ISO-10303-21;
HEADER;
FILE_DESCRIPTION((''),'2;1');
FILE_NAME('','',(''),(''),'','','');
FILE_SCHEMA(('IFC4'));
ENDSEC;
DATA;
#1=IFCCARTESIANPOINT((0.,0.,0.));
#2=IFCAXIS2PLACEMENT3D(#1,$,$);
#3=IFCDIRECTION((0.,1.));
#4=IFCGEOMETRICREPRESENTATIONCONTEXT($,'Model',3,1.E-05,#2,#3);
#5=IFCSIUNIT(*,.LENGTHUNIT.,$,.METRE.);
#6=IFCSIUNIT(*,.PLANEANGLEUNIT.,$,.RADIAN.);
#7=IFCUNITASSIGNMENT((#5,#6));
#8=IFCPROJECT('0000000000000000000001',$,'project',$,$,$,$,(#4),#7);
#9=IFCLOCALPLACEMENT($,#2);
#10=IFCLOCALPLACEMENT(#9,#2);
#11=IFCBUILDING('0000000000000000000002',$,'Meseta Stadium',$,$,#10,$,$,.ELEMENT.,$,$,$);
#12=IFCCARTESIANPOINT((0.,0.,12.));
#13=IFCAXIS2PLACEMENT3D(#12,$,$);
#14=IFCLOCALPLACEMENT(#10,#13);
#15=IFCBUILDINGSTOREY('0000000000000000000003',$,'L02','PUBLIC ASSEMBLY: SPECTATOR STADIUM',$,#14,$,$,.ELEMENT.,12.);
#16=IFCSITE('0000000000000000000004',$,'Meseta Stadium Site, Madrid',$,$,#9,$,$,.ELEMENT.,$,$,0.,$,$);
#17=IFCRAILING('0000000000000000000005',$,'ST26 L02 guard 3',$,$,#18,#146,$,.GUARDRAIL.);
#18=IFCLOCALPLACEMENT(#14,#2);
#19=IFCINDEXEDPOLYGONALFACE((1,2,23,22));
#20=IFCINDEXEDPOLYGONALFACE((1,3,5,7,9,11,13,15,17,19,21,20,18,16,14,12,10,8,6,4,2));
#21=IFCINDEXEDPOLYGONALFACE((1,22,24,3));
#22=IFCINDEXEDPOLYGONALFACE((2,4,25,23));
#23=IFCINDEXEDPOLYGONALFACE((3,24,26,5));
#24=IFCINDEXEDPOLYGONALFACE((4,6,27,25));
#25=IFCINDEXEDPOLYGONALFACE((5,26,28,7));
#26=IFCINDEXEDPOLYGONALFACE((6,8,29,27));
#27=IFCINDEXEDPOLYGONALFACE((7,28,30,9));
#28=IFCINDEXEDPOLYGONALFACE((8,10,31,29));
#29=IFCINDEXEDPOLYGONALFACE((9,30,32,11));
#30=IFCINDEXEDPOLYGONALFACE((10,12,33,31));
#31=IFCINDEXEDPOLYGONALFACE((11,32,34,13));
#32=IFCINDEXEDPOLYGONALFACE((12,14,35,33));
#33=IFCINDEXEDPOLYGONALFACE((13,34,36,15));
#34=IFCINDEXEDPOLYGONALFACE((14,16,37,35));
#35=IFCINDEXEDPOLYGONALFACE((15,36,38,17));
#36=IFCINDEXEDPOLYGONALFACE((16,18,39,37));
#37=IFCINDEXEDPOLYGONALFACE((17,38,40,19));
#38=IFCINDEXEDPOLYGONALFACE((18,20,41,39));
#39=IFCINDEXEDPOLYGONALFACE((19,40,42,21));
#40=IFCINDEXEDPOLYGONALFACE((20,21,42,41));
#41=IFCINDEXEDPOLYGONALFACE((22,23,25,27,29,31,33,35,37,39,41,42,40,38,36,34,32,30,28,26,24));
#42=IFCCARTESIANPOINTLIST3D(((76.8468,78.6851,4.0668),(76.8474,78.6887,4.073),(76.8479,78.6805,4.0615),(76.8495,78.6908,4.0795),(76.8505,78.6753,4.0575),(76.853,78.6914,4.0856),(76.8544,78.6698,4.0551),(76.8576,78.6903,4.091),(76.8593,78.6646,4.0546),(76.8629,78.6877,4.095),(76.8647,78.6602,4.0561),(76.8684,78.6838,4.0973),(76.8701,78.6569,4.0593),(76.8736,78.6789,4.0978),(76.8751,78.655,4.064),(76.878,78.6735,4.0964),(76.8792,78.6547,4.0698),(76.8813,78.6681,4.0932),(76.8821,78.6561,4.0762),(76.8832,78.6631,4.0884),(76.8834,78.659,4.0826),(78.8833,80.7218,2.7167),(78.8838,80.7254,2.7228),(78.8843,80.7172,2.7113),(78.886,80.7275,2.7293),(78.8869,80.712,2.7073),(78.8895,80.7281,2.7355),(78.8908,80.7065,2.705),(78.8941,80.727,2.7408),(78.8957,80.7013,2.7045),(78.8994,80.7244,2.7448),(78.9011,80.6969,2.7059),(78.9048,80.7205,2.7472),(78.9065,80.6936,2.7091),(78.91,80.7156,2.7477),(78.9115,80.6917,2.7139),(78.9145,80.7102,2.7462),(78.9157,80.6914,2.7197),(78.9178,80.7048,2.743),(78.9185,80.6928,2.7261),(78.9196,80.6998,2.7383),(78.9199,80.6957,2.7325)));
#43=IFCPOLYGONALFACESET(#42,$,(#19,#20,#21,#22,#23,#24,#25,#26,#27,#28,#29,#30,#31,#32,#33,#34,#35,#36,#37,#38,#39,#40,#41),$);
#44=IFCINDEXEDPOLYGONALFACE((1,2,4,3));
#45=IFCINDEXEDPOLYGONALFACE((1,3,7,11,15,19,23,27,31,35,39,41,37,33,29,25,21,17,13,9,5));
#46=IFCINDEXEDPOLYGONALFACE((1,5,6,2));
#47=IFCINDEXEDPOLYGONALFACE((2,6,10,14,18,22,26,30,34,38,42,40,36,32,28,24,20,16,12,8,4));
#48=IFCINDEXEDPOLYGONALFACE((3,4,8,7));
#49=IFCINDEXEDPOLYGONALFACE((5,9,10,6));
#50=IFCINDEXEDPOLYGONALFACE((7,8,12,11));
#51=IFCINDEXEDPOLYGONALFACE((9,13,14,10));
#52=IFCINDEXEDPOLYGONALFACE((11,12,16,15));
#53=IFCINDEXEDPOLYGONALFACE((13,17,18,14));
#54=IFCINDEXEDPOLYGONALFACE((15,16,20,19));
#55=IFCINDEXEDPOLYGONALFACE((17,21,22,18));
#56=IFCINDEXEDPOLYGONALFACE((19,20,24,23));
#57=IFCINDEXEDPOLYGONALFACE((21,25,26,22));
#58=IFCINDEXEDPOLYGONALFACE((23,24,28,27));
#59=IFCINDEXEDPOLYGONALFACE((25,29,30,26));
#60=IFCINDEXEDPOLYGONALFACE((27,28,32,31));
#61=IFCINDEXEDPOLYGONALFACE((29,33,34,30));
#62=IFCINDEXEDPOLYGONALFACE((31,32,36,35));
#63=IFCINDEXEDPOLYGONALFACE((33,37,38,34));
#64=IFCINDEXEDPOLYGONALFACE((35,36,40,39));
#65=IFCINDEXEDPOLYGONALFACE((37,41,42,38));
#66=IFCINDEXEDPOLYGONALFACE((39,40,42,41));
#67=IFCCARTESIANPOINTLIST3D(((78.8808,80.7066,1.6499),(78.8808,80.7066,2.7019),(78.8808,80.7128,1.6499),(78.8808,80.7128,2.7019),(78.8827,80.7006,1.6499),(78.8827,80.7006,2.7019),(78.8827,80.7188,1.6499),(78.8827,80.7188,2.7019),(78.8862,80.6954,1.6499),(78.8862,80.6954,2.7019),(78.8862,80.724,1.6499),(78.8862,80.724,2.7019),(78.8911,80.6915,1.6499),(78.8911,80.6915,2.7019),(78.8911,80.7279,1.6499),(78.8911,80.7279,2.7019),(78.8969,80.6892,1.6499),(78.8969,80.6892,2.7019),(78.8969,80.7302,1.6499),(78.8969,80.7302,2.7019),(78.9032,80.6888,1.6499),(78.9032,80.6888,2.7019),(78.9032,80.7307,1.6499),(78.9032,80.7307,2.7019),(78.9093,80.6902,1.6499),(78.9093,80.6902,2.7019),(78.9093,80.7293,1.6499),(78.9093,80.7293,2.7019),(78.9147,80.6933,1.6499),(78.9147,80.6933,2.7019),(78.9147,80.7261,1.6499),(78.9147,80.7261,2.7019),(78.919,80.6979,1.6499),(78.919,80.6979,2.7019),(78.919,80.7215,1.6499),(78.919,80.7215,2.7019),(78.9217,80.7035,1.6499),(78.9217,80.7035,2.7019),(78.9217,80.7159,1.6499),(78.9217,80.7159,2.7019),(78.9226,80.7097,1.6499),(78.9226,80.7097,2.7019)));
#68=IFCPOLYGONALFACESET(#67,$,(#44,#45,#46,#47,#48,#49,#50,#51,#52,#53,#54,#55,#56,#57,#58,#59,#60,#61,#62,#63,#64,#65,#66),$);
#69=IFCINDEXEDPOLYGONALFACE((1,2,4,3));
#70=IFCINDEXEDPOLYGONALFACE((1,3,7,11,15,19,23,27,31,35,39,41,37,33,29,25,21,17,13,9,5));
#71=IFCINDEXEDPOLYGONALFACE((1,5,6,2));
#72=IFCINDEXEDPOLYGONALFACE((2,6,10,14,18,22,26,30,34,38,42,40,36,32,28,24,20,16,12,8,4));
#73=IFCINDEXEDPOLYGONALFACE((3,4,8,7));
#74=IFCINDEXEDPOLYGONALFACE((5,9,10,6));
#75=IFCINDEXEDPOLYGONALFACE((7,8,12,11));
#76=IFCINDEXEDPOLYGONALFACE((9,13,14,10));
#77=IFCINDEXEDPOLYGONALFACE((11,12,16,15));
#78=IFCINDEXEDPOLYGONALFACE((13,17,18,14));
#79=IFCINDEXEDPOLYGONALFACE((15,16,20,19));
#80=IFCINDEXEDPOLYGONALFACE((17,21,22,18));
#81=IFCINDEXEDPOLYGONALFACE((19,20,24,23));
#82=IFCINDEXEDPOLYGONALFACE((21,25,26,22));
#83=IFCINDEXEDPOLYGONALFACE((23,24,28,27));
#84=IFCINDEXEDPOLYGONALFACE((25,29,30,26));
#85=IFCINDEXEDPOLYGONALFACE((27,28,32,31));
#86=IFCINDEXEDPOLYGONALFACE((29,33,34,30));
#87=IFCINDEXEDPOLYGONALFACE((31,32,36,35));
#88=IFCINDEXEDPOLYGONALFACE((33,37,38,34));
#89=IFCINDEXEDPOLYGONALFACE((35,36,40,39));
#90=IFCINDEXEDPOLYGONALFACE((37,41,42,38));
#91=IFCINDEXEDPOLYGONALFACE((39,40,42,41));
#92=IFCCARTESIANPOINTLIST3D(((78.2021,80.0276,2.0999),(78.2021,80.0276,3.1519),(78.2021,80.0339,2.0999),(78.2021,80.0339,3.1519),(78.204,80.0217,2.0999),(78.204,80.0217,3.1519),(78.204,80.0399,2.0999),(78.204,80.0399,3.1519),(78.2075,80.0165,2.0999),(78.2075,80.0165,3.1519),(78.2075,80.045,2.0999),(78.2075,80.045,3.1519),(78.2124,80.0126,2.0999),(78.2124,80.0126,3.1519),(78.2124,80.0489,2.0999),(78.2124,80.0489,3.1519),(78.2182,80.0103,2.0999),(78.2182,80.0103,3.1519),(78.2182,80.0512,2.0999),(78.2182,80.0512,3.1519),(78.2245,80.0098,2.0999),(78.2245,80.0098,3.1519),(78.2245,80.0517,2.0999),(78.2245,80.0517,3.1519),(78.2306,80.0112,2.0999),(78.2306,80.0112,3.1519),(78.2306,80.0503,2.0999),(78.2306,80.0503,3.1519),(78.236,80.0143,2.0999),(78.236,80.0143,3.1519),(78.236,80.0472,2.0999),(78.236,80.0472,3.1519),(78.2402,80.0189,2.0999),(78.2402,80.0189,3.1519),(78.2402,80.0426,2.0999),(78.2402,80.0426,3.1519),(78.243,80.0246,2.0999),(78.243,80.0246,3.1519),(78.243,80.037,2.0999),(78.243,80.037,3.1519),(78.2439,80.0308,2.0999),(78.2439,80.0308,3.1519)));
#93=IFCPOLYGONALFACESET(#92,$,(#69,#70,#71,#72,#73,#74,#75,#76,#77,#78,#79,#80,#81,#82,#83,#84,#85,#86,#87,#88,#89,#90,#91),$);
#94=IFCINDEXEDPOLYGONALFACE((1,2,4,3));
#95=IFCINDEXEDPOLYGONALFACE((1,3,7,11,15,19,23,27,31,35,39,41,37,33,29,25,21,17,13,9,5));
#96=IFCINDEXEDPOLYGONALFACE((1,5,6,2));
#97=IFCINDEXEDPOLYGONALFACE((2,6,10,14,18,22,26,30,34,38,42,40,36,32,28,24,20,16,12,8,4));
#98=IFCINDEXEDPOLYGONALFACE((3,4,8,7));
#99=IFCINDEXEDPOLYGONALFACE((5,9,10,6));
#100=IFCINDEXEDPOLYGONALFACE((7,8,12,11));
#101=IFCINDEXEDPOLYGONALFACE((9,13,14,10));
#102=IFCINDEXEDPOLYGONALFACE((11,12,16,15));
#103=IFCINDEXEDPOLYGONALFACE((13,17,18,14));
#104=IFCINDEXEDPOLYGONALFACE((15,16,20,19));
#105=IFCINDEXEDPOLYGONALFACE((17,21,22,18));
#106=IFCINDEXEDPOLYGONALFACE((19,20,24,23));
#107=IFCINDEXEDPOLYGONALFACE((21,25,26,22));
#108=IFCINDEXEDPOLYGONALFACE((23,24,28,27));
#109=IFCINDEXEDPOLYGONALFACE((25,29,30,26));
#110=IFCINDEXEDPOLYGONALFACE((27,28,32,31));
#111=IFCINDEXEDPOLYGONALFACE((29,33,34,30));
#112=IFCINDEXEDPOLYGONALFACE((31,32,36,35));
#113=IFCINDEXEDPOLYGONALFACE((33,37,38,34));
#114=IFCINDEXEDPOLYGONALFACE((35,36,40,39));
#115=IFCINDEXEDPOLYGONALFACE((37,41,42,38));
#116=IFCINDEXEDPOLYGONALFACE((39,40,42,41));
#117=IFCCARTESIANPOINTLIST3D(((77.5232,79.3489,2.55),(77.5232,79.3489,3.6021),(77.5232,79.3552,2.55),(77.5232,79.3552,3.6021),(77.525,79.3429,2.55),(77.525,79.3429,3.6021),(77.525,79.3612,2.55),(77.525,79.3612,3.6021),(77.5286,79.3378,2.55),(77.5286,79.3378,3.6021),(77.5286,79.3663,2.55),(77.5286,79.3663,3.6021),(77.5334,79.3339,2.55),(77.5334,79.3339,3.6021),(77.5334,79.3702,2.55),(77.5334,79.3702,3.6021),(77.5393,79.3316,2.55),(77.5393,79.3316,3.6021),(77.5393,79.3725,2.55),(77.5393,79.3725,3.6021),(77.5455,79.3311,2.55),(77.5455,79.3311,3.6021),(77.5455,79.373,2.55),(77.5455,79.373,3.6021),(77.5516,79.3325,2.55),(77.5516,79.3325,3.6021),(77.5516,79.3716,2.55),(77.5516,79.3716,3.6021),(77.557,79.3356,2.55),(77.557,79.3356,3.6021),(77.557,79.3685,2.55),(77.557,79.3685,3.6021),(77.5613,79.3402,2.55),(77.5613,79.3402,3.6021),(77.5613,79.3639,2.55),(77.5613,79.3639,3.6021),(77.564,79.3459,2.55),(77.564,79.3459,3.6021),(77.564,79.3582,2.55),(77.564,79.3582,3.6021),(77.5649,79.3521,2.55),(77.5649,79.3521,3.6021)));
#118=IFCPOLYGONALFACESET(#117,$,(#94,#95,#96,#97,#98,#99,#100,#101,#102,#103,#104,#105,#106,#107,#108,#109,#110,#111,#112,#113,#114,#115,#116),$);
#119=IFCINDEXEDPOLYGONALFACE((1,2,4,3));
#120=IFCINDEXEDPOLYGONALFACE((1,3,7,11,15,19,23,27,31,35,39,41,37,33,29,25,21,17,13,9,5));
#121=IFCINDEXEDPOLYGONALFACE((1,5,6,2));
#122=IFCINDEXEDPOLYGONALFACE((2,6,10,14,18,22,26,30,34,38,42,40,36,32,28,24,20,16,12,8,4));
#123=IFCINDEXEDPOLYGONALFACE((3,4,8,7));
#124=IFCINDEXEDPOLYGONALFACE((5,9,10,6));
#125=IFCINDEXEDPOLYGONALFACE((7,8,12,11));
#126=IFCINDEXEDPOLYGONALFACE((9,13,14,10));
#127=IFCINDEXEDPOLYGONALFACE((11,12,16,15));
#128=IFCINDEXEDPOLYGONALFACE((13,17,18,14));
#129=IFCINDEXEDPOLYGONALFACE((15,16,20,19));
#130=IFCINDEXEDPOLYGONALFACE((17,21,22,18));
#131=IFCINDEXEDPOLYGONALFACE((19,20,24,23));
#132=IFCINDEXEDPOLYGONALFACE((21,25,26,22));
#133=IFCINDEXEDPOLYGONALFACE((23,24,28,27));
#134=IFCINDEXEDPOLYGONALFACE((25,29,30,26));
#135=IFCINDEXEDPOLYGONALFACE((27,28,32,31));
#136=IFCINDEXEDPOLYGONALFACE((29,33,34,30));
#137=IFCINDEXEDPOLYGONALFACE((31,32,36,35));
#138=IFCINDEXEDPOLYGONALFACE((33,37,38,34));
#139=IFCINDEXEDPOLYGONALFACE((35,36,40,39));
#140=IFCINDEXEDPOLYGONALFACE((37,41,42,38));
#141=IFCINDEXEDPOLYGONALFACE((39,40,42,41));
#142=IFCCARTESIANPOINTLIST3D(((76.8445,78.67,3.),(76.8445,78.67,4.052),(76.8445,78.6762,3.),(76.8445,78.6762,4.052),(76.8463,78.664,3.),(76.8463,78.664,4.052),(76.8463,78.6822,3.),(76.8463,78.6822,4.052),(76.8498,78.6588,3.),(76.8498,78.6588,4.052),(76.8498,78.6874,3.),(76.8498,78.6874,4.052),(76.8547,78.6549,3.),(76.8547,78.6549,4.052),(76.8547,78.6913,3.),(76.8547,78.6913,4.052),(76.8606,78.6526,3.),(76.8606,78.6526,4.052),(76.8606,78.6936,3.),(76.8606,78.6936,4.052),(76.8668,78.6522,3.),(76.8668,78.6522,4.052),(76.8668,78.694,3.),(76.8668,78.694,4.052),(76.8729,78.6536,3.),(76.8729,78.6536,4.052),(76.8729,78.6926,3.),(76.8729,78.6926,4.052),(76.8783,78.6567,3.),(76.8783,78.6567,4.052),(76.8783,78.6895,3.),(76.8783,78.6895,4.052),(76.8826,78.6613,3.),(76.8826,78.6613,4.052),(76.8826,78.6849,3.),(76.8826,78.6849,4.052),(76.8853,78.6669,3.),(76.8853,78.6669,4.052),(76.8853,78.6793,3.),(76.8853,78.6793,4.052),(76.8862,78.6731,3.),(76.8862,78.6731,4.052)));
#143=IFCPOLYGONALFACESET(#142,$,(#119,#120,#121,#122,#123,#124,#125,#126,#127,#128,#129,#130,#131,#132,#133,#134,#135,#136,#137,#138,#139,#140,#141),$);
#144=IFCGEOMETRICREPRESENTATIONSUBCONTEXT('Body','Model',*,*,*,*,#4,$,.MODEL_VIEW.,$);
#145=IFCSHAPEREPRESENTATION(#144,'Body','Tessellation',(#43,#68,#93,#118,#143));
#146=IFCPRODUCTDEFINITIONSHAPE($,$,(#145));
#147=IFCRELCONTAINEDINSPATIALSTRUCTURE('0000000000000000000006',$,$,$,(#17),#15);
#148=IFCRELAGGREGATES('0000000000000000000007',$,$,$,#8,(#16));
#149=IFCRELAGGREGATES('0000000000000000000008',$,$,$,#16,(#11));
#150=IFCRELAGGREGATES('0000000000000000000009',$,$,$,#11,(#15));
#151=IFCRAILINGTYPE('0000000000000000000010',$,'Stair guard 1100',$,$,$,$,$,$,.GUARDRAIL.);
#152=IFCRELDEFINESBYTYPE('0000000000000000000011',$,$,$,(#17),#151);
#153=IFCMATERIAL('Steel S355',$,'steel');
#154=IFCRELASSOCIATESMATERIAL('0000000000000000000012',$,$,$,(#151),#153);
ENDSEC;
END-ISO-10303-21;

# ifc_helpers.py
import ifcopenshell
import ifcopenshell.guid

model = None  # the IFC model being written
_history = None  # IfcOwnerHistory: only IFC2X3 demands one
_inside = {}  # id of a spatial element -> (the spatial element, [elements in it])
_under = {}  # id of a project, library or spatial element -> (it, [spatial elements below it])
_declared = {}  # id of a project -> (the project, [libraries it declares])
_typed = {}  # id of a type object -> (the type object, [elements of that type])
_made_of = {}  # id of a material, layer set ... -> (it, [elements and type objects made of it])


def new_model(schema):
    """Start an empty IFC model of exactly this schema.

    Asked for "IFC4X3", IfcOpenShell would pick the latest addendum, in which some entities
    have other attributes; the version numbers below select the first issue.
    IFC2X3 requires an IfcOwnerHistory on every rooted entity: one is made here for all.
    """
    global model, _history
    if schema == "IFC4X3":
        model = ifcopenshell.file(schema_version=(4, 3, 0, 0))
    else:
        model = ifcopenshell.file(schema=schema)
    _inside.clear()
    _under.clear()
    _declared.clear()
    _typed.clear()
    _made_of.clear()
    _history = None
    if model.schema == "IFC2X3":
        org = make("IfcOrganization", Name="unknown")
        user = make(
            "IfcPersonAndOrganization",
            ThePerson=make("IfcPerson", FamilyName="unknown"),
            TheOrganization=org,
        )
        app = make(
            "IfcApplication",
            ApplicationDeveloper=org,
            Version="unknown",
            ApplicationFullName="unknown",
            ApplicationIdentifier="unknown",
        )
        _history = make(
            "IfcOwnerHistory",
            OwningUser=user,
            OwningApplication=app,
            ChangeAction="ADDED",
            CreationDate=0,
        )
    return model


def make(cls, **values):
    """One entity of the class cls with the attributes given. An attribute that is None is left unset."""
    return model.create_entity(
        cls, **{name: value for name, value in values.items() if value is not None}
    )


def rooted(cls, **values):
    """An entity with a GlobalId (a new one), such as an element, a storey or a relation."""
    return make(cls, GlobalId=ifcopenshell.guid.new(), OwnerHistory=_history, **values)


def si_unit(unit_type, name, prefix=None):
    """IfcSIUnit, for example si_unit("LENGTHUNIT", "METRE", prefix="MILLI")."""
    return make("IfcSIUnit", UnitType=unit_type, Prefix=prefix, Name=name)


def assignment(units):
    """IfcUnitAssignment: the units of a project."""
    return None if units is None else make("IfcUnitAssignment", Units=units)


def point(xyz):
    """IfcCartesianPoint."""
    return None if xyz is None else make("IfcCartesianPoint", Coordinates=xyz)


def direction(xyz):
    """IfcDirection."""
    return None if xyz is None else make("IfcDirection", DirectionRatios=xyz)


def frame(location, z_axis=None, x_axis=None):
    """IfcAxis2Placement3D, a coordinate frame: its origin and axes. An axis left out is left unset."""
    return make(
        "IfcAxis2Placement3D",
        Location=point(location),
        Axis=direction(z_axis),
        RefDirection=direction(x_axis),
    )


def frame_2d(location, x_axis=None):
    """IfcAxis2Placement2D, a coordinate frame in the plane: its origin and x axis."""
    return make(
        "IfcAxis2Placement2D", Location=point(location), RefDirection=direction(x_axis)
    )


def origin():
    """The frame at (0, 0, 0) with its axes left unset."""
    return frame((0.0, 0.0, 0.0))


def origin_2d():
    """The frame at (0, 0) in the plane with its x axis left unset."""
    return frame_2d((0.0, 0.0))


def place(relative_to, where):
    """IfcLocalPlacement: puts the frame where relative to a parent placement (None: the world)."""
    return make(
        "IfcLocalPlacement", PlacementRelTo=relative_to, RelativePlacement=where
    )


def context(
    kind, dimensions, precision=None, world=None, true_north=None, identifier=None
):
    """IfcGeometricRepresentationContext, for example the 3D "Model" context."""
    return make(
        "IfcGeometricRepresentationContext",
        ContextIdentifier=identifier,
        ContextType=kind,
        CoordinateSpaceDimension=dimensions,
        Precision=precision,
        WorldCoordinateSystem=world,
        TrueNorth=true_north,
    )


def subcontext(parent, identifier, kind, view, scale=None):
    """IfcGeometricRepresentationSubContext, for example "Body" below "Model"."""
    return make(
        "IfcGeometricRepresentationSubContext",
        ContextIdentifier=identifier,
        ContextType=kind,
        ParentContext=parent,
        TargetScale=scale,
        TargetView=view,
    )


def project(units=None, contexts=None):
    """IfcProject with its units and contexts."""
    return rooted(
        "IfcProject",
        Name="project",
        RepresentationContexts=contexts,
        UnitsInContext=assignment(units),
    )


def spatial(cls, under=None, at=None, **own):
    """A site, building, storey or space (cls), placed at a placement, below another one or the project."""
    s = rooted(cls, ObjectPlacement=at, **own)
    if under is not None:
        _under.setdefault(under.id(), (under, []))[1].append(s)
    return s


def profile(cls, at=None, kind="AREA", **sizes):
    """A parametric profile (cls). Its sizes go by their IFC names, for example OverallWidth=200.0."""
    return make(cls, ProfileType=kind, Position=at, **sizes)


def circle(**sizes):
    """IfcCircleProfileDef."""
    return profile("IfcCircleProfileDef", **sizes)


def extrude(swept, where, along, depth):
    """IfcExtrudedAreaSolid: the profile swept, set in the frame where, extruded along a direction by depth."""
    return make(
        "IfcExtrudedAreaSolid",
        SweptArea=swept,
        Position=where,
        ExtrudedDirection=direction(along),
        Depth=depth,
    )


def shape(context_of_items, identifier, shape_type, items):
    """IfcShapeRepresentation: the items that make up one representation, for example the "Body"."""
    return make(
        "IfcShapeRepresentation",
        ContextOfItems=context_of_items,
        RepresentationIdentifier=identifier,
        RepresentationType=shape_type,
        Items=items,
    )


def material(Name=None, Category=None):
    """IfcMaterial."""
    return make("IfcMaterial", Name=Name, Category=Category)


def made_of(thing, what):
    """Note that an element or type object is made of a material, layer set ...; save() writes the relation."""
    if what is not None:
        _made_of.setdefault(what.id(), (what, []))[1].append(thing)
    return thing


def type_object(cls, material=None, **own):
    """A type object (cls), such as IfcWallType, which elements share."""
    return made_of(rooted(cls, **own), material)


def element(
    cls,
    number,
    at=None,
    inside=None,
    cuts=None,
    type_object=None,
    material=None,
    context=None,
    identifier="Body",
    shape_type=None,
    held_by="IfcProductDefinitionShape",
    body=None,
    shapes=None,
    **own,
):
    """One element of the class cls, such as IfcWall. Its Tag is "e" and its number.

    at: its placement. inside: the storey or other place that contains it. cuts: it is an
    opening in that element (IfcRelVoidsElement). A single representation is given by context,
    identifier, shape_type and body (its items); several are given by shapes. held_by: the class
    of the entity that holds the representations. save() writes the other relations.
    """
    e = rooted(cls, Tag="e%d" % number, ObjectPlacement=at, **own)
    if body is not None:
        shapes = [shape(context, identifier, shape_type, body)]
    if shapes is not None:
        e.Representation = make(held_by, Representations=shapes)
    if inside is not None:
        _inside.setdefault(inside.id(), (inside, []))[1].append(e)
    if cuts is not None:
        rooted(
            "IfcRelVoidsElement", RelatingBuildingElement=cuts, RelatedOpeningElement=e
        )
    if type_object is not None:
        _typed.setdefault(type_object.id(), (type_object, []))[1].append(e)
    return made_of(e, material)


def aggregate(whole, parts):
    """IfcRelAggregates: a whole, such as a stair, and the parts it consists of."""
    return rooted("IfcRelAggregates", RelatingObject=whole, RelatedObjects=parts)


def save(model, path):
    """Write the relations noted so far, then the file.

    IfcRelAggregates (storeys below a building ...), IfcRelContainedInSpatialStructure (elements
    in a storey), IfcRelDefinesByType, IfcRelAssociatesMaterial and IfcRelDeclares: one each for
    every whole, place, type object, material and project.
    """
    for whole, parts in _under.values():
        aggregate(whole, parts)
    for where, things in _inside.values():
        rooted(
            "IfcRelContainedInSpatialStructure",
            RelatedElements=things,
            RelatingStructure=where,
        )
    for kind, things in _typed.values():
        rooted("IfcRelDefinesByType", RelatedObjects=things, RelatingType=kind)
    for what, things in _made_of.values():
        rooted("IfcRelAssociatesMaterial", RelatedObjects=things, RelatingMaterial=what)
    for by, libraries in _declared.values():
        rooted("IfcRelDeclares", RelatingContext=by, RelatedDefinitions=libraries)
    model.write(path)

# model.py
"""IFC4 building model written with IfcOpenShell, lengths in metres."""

from ifc_helpers import new_model, si_unit, direction, frame, origin, origin_2d, place, context, subcontext, project, spatial, circle, extrude, material, type_object, element, save


model = new_model("IFC4")

# Units and contexts
model_context = context("Model", 3, precision=1e-05, world=origin(), true_north=direction((0.0, 1.0)))
body_context = subcontext(model_context, "Body", "Model", "MODEL_VIEW")
ifc_project = project(units=[si_unit("LENGTHUNIT", "METRE"), si_unit("PLANEANGLEUNIT", "RADIAN")], contexts=[model_context])

# Site, building, storey
site_placement = place(None, origin())
site = spatial("IfcSite", under=ifc_project, at=site_placement, Name="Meseta Stadium Site, Madrid", CompositionType="ELEMENT", RefElevation=0.0)
building_placement = place(site_placement, origin())
building = spatial("IfcBuilding", under=site, at=building_placement, Name="Meseta Stadium", CompositionType="ELEMENT")
storey_placement = place(building_placement, frame((0.0, 0.0, 12.0)))
storey = spatial("IfcBuildingStorey", under=building, at=storey_placement, Name="L02", Description="PUBLIC ASSEMBLY: SPECTATOR STADIUM", CompositionType="ELEMENT", Elevation=12.0)

# Railing
ifc_material_1 = material(Name="Steel S355", Category="steel")
railing_type_1 = type_object("IfcRailingType", Name="Stair guard 1100", PredefinedType="GUARDRAIL", material=ifc_material_1)
railing_1_placement = place(storey_placement, frame((78.9016, 80.7097, 1.6499)))
element("IfcRailing", 1, at=railing_1_placement, inside=storey, type_object=railing_type_1, Name="ST26 L02 guard 3", PredefinedType="GUARDRAIL", context=body_context, shape_type="SweptSolid", body=[
    extrude(circle(Radius=0.0239, at=origin_2d()), frame((0.0, 0.0, 1.0762), z_axis=(-0.640211, -0.640288, 0.424454), x_axis=(0.707149, -0.707064, 0.0)), (0.0, 0.0, 1.0), 3.1809),
    extrude(circle(Radius=0.021, at=origin_2d()), origin(), (0.0, 0.0, 1.0), 1.052),
    extrude(circle(Radius=0.021, at=origin_2d()), frame((-0.6787, -0.679, 0.45)), (0.0, 0.0, 1.0), 1.052),
    extrude(circle(Radius=0.021, at=origin_2d()), frame((-1.3577, -1.3577, 0.9001)), (0.0, 0.0, 1.0), 1.052),
    extrude(circle(Radius=0.021, at=origin_2d()), frame((-2.0364, -2.0366, 1.3501)), (0.0, 0.0, 1.0), 1.052),
])

save(model, "model.ifc")
